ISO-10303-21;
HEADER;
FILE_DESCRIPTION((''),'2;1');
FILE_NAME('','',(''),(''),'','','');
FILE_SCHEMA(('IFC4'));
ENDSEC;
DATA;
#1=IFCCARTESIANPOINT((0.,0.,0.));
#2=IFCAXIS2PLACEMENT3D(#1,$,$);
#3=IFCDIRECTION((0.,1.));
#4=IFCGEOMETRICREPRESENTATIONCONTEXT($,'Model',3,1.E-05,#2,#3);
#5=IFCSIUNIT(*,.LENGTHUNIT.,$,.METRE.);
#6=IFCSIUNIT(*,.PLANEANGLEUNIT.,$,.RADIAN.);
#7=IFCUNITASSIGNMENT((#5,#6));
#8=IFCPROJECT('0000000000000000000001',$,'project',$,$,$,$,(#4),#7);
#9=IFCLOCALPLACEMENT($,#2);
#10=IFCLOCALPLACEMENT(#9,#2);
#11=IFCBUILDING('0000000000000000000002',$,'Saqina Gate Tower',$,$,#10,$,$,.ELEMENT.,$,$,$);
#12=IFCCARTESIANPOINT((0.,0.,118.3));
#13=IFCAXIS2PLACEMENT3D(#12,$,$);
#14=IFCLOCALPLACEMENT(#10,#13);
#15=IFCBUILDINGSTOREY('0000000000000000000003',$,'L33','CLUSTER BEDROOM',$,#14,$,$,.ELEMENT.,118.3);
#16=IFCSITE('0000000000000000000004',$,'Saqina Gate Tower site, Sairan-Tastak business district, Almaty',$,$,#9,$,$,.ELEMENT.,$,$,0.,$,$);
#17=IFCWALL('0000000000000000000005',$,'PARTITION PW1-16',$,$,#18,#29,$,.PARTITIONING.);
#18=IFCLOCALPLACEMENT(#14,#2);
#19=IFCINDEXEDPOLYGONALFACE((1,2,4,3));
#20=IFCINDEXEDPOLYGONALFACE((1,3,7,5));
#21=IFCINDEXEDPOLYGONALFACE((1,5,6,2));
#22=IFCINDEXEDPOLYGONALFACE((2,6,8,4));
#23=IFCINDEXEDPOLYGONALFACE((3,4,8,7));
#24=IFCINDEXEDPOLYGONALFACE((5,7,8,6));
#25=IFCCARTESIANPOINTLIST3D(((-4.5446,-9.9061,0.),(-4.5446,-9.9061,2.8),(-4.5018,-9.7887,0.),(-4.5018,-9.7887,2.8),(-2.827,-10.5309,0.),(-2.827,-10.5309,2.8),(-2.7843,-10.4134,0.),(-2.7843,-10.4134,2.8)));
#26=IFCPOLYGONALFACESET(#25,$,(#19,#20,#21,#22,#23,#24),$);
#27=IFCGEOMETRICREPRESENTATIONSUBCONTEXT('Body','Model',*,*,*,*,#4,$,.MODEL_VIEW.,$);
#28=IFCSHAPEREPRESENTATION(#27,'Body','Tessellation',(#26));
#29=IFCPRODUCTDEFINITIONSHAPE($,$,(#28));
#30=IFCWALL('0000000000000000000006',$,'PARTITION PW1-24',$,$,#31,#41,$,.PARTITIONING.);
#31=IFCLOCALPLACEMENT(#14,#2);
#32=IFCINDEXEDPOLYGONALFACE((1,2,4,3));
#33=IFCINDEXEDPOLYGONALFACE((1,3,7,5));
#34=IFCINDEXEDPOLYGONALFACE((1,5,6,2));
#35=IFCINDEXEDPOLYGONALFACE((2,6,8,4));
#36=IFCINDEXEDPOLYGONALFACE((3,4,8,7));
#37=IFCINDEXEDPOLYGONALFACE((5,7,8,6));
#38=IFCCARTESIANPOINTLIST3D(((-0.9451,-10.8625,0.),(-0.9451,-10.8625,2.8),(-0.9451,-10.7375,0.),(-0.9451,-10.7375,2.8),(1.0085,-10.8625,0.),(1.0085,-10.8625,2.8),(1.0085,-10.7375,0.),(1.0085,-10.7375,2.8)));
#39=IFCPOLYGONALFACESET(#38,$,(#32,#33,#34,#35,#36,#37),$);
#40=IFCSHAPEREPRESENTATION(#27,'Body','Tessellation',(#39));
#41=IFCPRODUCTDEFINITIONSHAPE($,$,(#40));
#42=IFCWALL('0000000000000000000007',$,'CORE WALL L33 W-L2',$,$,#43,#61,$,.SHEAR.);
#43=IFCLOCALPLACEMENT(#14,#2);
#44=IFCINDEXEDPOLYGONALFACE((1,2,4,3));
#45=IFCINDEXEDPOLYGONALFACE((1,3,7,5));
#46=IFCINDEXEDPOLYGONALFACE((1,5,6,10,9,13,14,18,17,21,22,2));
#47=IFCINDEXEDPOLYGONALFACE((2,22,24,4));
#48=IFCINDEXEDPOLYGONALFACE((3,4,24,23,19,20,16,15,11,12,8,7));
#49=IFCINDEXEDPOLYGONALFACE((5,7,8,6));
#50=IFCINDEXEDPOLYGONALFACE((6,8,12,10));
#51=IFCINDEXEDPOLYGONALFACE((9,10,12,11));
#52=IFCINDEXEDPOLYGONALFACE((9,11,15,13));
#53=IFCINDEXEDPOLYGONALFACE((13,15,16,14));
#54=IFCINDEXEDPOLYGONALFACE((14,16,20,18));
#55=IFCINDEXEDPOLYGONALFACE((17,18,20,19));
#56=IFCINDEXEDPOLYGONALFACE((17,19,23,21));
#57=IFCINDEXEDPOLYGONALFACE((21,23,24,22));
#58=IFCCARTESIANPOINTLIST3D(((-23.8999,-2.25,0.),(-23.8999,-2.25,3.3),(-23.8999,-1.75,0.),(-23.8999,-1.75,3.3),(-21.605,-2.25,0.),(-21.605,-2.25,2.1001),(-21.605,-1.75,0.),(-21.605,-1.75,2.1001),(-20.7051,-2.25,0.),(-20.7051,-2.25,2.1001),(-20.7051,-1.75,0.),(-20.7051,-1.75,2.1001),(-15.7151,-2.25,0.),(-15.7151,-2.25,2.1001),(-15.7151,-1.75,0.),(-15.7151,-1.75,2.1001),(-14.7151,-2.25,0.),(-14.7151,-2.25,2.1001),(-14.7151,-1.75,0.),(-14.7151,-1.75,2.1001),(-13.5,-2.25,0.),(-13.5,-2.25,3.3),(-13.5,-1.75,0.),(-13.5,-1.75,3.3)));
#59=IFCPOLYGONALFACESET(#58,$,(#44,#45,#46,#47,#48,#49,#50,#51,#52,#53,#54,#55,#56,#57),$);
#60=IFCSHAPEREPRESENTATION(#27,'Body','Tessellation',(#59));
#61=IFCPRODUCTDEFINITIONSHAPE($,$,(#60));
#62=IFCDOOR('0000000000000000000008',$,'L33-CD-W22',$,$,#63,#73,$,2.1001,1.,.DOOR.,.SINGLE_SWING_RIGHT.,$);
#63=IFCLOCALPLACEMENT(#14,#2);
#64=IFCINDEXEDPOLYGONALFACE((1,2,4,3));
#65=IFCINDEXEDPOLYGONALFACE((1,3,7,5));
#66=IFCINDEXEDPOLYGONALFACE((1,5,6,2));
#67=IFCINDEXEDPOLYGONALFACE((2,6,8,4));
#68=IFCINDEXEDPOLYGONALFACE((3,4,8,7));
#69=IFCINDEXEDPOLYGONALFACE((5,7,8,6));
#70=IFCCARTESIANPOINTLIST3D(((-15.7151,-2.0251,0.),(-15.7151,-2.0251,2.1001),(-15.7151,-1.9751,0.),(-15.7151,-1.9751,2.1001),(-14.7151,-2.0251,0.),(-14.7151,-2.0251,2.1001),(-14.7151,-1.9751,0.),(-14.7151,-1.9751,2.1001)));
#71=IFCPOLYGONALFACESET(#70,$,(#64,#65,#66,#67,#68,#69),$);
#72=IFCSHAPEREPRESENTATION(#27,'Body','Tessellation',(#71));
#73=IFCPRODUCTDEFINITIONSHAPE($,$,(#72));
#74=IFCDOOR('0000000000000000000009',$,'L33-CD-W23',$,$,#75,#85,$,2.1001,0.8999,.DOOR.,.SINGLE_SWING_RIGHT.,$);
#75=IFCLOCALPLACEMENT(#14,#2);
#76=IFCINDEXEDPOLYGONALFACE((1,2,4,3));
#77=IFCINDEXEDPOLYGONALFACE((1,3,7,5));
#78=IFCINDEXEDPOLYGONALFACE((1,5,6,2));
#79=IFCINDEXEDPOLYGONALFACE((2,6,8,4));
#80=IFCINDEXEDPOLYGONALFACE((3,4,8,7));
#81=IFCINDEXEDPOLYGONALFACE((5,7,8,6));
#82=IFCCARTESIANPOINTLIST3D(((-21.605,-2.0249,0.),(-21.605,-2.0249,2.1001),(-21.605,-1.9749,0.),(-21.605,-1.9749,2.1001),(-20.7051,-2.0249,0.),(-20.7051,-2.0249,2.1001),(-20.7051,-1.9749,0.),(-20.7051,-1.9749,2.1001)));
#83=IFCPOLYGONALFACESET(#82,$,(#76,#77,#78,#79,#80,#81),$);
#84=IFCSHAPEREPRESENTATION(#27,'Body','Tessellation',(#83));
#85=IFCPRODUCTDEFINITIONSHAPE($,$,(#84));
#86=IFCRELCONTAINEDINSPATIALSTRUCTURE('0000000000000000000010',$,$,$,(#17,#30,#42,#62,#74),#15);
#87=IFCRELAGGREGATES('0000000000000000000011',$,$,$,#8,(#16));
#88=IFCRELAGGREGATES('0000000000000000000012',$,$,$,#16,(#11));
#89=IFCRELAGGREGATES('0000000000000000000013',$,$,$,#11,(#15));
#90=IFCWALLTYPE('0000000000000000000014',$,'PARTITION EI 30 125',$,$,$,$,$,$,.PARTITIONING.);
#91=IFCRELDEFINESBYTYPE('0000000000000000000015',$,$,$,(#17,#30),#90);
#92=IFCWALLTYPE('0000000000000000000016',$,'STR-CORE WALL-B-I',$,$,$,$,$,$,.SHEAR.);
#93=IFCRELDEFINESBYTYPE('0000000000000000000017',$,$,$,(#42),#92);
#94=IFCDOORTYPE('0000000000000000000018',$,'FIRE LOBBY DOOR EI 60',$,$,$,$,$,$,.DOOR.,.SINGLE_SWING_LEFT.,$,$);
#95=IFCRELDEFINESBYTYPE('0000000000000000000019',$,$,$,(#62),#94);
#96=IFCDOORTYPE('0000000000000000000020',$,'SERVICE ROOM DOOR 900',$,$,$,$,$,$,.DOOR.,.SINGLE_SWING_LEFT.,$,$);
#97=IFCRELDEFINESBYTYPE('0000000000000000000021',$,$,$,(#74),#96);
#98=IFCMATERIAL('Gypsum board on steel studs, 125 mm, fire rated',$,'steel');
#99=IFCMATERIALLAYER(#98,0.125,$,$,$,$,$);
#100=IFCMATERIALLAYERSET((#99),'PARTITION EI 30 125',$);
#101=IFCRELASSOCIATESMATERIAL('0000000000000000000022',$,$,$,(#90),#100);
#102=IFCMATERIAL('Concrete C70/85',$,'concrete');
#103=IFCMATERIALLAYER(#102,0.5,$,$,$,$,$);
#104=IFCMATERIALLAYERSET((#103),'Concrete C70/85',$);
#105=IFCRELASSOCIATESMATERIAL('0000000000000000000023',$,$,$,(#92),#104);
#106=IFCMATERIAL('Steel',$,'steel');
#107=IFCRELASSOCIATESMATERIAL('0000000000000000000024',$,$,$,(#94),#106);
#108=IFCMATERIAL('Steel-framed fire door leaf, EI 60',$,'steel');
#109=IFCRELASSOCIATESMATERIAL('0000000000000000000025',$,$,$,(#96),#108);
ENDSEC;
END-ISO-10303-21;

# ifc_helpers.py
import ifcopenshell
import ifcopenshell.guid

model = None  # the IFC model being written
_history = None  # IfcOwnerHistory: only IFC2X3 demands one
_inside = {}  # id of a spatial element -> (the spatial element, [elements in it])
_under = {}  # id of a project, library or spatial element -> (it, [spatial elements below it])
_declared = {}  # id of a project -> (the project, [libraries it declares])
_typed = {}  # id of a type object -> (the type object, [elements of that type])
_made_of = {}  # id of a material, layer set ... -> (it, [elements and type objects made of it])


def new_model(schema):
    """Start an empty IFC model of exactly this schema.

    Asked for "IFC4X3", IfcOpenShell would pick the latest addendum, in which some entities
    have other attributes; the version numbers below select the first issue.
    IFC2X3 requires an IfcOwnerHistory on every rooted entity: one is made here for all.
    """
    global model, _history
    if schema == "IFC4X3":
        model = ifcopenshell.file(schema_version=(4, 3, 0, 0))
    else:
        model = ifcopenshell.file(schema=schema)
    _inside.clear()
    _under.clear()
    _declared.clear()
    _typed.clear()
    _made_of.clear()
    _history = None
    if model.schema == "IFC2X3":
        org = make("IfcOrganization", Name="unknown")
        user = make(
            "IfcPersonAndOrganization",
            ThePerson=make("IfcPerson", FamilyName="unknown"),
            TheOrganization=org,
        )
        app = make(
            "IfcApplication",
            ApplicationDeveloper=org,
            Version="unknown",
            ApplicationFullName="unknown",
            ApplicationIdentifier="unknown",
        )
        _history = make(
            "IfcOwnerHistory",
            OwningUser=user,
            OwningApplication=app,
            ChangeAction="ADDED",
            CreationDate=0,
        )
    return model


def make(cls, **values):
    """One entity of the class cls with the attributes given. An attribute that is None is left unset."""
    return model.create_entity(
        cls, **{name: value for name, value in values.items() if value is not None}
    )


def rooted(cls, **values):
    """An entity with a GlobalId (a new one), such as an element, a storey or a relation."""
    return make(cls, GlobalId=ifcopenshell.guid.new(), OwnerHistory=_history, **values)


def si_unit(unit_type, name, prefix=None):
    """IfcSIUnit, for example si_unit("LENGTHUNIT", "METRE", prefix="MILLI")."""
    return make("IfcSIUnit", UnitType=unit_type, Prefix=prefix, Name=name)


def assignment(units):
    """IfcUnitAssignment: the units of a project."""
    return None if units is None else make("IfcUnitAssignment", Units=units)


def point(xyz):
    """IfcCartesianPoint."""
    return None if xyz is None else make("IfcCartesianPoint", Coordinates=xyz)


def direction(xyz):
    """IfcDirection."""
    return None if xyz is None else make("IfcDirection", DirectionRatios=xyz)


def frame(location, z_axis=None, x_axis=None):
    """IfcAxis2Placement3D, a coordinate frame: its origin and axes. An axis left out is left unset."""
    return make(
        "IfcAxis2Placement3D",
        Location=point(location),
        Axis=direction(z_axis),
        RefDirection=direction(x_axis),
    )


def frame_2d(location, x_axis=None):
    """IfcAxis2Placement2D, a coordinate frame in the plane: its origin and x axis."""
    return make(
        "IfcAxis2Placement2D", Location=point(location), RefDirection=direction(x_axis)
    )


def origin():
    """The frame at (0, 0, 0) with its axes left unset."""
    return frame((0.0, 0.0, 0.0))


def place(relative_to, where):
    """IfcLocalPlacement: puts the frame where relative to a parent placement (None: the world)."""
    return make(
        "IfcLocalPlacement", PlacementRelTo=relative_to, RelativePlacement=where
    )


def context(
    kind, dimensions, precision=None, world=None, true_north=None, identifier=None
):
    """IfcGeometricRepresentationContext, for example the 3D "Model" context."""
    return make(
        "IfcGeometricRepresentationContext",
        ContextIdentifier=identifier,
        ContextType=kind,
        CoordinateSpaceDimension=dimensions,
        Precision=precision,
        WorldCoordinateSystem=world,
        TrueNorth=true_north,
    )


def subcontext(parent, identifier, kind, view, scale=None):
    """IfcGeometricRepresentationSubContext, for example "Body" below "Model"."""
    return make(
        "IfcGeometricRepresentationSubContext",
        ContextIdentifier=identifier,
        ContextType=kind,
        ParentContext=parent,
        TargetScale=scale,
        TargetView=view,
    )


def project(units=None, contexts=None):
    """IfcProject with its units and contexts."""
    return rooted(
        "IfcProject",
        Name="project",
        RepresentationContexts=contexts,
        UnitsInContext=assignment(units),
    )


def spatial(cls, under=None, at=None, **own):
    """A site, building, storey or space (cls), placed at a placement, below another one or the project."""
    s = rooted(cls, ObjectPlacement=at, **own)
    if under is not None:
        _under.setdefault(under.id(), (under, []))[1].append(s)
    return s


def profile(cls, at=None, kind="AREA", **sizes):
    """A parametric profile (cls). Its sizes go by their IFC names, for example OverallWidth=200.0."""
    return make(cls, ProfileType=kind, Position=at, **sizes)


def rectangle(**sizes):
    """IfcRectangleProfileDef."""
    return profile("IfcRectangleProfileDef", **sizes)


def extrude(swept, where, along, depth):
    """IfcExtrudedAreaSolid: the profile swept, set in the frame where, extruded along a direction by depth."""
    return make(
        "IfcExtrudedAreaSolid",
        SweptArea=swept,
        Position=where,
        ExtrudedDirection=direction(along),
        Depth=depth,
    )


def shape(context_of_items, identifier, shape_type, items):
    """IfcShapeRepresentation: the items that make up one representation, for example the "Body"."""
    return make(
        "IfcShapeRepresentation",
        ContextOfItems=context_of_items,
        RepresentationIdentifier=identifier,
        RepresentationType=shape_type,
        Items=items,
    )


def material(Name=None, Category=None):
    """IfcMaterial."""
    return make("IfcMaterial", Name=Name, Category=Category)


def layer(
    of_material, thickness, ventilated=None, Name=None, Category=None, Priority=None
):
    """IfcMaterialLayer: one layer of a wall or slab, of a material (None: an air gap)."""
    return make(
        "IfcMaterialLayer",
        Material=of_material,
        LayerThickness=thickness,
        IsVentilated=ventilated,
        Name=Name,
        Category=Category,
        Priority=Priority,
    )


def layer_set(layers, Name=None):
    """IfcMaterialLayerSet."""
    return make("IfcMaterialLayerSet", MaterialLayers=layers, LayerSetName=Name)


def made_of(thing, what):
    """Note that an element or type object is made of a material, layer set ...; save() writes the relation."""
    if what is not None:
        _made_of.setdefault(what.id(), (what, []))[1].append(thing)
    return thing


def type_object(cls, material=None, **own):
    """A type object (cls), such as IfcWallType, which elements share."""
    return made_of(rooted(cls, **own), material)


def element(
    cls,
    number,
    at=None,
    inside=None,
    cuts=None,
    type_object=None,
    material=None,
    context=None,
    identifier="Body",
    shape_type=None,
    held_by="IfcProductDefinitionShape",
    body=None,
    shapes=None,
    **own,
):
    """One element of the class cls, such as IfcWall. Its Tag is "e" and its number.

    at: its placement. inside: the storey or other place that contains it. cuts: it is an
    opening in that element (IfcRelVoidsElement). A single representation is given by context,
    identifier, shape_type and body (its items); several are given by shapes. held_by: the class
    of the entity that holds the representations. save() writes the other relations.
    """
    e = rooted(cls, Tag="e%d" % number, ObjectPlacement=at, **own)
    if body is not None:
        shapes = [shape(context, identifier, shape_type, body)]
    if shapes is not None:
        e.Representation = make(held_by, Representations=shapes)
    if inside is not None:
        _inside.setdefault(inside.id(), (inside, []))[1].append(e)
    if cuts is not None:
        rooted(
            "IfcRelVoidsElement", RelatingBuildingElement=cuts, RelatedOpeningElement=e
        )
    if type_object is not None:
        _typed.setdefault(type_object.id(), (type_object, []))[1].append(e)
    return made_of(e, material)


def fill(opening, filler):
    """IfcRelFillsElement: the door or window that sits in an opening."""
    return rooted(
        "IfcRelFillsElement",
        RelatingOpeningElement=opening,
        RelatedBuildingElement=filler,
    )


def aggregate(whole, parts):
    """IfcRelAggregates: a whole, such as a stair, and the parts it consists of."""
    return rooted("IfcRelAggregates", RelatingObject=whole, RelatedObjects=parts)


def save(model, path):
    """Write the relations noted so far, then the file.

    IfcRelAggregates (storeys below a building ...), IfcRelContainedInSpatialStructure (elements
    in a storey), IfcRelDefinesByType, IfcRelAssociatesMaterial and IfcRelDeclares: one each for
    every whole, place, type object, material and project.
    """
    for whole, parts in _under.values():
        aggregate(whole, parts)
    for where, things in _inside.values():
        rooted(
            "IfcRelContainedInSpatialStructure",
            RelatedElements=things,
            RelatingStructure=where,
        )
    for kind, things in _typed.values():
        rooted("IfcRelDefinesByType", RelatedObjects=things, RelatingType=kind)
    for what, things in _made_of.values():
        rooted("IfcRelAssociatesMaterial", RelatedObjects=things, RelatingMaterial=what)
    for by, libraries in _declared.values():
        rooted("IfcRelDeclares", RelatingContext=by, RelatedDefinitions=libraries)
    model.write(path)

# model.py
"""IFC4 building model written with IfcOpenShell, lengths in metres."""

from ifc_helpers import new_model, si_unit, direction, frame, frame_2d, origin, place, context, subcontext, project, spatial, rectangle, extrude, material, layer, layer_set, type_object, element, fill, save


model = new_model("IFC4")

# Units and contexts
model_context = context("Model", 3, precision=1e-05, world=origin(), true_north=direction((0.0, 1.0)))
body_context = subcontext(model_context, "Body", "Model", "MODEL_VIEW")
ifc_project = project(units=[si_unit("LENGTHUNIT", "METRE"), si_unit("PLANEANGLEUNIT", "RADIAN")], contexts=[model_context])

# Site, building, storey
site_placement = place(None, origin())
site = spatial("IfcSite", under=ifc_project, at=site_placement, Name="Saqina Gate Tower site, Sairan-Tastak business district, Almaty", CompositionType="ELEMENT", RefElevation=0.0)
building_placement = place(site_placement, origin())
building = spatial("IfcBuilding", under=site, at=building_placement, Name="Saqina Gate Tower", CompositionType="ELEMENT")
storey_placement = place(building_placement, frame((0.0, 0.0, 118.3)))
storey = spatial("IfcBuildingStorey", under=building, at=storey_placement, Name="L33", Description="CLUSTER BEDROOM", CompositionType="ELEMENT", Elevation=118.3)

# Walls
ifc_material_1 = material(Name="Gypsum board on steel studs, 125 mm, fire rated", Category="steel")
ifc_layer_1 = layer(ifc_material_1, 0.125)
ifc_layer_set_1 = layer_set([ifc_layer_1], Name="PARTITION EI 30 125")
wall_type_1 = type_object("IfcWallType", Name="PARTITION EI 30 125", PredefinedType="PARTITIONING", material=ifc_layer_set_1)
wall_1_placement = place(storey_placement, frame((-4.5232, -9.8474, 0.0), z_axis=(0.0, 0.0, 1.0), x_axis=(0.939758, -0.34184, 0.0)))
element("IfcWall", 1, at=wall_1_placement, inside=storey, type_object=wall_type_1, Name="PARTITION PW1-16", PredefinedType="PARTITIONING", context=body_context, shape_type="SweptSolid", body=[
    extrude(rectangle(XDim=1.8276, YDim=0.125, at=frame_2d((0.9138, 0.0))), origin(), (0.0, 0.0, 1.0), 2.8),
])
wall_2_placement = place(storey_placement, frame((-0.9451, -10.8, 0.0), z_axis=(0.0, 0.0, 1.0), x_axis=(1.0, 0.0, 0.0)))
element("IfcWall", 2, at=wall_2_placement, inside=storey, type_object=wall_type_1, Name="PARTITION PW1-24", PredefinedType="PARTITIONING", context=body_context, shape_type="SweptSolid", body=[
    extrude(rectangle(XDim=1.9536, YDim=0.125, at=frame_2d((0.9768, 0.0))), origin(), (0.0, 0.0, 1.0), 2.8),
])

# Wall, openings, doors
ifc_material_2 = material(Name="Concrete C70/85", Category="concrete")
ifc_layer_2 = layer(ifc_material_2, 0.5)
ifc_layer_set_2 = layer_set([ifc_layer_2], Name="Concrete C70/85")
wall_type_2 = type_object("IfcWallType", Name="STR-CORE WALL-B-I", PredefinedType="SHEAR", material=ifc_layer_set_2)
wall_3_placement = place(storey_placement, frame((-13.5, -2.0, 0.0), z_axis=(0.0, 0.0, 1.0), x_axis=(-1.0, 0.0, 0.0)))
wall_3 = element("IfcWall", 3, at=wall_3_placement, inside=storey, type_object=wall_type_2, Name="CORE WALL L33 W-L2", PredefinedType="SHEAR", context=body_context, shape_type="SweptSolid", body=[
    extrude(rectangle(XDim=10.3999, YDim=0.5, at=frame_2d((5.2, 0.0))), origin(), (0.0, 0.0, 1.0), 3.3),
])
opening_1_placement = place(wall_3_placement, frame((1.2151, 0.0, 0.0)))
opening_1 = element("IfcOpeningElement", 4, at=opening_1_placement, cuts=wall_3, PredefinedType="OPENING", context=body_context, shape_type="SweptSolid", body=[
    extrude(rectangle(XDim=1.0, YDim=2.1001, at=frame_2d((0.5, 1.05))), frame((0.0, 0.262, 0.0), z_axis=(0.0, -1.0, 0.0), x_axis=(1.0, 0.0, 0.0)), (0.0, 0.0, 1.0), 0.5239),
])
opening_2_placement = place(wall_3_placement, frame((7.2051, 0.0, 0.0)))
opening_2 = element("IfcOpeningElement", 5, at=opening_2_placement, cuts=wall_3, PredefinedType="OPENING", context=body_context, shape_type="SweptSolid", body=[
    extrude(rectangle(XDim=0.8999, YDim=2.1001, at=frame_2d((0.45, 1.05))), frame((0.0, 0.262, 0.0), z_axis=(0.0, -1.0, 0.0), x_axis=(1.0, 0.0, 0.0)), (0.0, 0.0, 1.0), 0.5239),
])
ifc_material_3 = material(Name="Steel", Category="steel")
door_type_1 = type_object("IfcDoorType", Name="FIRE LOBBY DOOR EI 60", OperationType="SINGLE_SWING_LEFT", PredefinedType="DOOR", material=ifc_material_3)
door_1_placement = place(opening_1_placement, frame((1.0, 0.0, 0.0), z_axis=(0.0, 0.0, 1.0), x_axis=(-1.0, 0.0, 0.0)))
door_1 = element("IfcDoor", 6, at=door_1_placement, inside=storey, type_object=door_type_1, Name="L33-CD-W22", OperationType="SINGLE_SWING_RIGHT", OverallHeight=2.1001, OverallWidth=1.0, PredefinedType="DOOR", context=body_context, shape_type="SweptSolid", body=[
    extrude(rectangle(XDim=1.0, YDim=2.1001, at=frame_2d((0.5, 1.05))), frame((0.0, 0.0249, 0.0), z_axis=(0.0, -1.0, 0.0), x_axis=(1.0, 0.0, 0.0)), (0.0, 0.0, 1.0), 0.05),
])
fill(opening_1, door_1)
ifc_material_4 = material(Name="Steel-framed fire door leaf, EI 60", Category="steel")
door_type_2 = type_object("IfcDoorType", Name="SERVICE ROOM DOOR 900", OperationType="SINGLE_SWING_LEFT", PredefinedType="DOOR", material=ifc_material_4)
door_2_placement = place(opening_2_placement, origin())
door_2 = element("IfcDoor", 7, at=door_2_placement, inside=storey, type_object=door_type_2, Name="L33-CD-W23", OperationType="SINGLE_SWING_RIGHT", OverallHeight=2.1001, OverallWidth=0.8999, PredefinedType="DOOR", context=body_context, shape_type="SweptSolid", body=[
    extrude(rectangle(XDim=0.8999, YDim=2.1001, at=frame_2d((0.45, 1.05))), frame((0.0, 0.0249, 0.0), z_axis=(0.0, -1.0, 0.0), x_axis=(1.0, 0.0, 0.0)), (0.0, 0.0, 1.0), 0.05),
])
fill(opening_2, door_2)

save(model, "model.ifc")
